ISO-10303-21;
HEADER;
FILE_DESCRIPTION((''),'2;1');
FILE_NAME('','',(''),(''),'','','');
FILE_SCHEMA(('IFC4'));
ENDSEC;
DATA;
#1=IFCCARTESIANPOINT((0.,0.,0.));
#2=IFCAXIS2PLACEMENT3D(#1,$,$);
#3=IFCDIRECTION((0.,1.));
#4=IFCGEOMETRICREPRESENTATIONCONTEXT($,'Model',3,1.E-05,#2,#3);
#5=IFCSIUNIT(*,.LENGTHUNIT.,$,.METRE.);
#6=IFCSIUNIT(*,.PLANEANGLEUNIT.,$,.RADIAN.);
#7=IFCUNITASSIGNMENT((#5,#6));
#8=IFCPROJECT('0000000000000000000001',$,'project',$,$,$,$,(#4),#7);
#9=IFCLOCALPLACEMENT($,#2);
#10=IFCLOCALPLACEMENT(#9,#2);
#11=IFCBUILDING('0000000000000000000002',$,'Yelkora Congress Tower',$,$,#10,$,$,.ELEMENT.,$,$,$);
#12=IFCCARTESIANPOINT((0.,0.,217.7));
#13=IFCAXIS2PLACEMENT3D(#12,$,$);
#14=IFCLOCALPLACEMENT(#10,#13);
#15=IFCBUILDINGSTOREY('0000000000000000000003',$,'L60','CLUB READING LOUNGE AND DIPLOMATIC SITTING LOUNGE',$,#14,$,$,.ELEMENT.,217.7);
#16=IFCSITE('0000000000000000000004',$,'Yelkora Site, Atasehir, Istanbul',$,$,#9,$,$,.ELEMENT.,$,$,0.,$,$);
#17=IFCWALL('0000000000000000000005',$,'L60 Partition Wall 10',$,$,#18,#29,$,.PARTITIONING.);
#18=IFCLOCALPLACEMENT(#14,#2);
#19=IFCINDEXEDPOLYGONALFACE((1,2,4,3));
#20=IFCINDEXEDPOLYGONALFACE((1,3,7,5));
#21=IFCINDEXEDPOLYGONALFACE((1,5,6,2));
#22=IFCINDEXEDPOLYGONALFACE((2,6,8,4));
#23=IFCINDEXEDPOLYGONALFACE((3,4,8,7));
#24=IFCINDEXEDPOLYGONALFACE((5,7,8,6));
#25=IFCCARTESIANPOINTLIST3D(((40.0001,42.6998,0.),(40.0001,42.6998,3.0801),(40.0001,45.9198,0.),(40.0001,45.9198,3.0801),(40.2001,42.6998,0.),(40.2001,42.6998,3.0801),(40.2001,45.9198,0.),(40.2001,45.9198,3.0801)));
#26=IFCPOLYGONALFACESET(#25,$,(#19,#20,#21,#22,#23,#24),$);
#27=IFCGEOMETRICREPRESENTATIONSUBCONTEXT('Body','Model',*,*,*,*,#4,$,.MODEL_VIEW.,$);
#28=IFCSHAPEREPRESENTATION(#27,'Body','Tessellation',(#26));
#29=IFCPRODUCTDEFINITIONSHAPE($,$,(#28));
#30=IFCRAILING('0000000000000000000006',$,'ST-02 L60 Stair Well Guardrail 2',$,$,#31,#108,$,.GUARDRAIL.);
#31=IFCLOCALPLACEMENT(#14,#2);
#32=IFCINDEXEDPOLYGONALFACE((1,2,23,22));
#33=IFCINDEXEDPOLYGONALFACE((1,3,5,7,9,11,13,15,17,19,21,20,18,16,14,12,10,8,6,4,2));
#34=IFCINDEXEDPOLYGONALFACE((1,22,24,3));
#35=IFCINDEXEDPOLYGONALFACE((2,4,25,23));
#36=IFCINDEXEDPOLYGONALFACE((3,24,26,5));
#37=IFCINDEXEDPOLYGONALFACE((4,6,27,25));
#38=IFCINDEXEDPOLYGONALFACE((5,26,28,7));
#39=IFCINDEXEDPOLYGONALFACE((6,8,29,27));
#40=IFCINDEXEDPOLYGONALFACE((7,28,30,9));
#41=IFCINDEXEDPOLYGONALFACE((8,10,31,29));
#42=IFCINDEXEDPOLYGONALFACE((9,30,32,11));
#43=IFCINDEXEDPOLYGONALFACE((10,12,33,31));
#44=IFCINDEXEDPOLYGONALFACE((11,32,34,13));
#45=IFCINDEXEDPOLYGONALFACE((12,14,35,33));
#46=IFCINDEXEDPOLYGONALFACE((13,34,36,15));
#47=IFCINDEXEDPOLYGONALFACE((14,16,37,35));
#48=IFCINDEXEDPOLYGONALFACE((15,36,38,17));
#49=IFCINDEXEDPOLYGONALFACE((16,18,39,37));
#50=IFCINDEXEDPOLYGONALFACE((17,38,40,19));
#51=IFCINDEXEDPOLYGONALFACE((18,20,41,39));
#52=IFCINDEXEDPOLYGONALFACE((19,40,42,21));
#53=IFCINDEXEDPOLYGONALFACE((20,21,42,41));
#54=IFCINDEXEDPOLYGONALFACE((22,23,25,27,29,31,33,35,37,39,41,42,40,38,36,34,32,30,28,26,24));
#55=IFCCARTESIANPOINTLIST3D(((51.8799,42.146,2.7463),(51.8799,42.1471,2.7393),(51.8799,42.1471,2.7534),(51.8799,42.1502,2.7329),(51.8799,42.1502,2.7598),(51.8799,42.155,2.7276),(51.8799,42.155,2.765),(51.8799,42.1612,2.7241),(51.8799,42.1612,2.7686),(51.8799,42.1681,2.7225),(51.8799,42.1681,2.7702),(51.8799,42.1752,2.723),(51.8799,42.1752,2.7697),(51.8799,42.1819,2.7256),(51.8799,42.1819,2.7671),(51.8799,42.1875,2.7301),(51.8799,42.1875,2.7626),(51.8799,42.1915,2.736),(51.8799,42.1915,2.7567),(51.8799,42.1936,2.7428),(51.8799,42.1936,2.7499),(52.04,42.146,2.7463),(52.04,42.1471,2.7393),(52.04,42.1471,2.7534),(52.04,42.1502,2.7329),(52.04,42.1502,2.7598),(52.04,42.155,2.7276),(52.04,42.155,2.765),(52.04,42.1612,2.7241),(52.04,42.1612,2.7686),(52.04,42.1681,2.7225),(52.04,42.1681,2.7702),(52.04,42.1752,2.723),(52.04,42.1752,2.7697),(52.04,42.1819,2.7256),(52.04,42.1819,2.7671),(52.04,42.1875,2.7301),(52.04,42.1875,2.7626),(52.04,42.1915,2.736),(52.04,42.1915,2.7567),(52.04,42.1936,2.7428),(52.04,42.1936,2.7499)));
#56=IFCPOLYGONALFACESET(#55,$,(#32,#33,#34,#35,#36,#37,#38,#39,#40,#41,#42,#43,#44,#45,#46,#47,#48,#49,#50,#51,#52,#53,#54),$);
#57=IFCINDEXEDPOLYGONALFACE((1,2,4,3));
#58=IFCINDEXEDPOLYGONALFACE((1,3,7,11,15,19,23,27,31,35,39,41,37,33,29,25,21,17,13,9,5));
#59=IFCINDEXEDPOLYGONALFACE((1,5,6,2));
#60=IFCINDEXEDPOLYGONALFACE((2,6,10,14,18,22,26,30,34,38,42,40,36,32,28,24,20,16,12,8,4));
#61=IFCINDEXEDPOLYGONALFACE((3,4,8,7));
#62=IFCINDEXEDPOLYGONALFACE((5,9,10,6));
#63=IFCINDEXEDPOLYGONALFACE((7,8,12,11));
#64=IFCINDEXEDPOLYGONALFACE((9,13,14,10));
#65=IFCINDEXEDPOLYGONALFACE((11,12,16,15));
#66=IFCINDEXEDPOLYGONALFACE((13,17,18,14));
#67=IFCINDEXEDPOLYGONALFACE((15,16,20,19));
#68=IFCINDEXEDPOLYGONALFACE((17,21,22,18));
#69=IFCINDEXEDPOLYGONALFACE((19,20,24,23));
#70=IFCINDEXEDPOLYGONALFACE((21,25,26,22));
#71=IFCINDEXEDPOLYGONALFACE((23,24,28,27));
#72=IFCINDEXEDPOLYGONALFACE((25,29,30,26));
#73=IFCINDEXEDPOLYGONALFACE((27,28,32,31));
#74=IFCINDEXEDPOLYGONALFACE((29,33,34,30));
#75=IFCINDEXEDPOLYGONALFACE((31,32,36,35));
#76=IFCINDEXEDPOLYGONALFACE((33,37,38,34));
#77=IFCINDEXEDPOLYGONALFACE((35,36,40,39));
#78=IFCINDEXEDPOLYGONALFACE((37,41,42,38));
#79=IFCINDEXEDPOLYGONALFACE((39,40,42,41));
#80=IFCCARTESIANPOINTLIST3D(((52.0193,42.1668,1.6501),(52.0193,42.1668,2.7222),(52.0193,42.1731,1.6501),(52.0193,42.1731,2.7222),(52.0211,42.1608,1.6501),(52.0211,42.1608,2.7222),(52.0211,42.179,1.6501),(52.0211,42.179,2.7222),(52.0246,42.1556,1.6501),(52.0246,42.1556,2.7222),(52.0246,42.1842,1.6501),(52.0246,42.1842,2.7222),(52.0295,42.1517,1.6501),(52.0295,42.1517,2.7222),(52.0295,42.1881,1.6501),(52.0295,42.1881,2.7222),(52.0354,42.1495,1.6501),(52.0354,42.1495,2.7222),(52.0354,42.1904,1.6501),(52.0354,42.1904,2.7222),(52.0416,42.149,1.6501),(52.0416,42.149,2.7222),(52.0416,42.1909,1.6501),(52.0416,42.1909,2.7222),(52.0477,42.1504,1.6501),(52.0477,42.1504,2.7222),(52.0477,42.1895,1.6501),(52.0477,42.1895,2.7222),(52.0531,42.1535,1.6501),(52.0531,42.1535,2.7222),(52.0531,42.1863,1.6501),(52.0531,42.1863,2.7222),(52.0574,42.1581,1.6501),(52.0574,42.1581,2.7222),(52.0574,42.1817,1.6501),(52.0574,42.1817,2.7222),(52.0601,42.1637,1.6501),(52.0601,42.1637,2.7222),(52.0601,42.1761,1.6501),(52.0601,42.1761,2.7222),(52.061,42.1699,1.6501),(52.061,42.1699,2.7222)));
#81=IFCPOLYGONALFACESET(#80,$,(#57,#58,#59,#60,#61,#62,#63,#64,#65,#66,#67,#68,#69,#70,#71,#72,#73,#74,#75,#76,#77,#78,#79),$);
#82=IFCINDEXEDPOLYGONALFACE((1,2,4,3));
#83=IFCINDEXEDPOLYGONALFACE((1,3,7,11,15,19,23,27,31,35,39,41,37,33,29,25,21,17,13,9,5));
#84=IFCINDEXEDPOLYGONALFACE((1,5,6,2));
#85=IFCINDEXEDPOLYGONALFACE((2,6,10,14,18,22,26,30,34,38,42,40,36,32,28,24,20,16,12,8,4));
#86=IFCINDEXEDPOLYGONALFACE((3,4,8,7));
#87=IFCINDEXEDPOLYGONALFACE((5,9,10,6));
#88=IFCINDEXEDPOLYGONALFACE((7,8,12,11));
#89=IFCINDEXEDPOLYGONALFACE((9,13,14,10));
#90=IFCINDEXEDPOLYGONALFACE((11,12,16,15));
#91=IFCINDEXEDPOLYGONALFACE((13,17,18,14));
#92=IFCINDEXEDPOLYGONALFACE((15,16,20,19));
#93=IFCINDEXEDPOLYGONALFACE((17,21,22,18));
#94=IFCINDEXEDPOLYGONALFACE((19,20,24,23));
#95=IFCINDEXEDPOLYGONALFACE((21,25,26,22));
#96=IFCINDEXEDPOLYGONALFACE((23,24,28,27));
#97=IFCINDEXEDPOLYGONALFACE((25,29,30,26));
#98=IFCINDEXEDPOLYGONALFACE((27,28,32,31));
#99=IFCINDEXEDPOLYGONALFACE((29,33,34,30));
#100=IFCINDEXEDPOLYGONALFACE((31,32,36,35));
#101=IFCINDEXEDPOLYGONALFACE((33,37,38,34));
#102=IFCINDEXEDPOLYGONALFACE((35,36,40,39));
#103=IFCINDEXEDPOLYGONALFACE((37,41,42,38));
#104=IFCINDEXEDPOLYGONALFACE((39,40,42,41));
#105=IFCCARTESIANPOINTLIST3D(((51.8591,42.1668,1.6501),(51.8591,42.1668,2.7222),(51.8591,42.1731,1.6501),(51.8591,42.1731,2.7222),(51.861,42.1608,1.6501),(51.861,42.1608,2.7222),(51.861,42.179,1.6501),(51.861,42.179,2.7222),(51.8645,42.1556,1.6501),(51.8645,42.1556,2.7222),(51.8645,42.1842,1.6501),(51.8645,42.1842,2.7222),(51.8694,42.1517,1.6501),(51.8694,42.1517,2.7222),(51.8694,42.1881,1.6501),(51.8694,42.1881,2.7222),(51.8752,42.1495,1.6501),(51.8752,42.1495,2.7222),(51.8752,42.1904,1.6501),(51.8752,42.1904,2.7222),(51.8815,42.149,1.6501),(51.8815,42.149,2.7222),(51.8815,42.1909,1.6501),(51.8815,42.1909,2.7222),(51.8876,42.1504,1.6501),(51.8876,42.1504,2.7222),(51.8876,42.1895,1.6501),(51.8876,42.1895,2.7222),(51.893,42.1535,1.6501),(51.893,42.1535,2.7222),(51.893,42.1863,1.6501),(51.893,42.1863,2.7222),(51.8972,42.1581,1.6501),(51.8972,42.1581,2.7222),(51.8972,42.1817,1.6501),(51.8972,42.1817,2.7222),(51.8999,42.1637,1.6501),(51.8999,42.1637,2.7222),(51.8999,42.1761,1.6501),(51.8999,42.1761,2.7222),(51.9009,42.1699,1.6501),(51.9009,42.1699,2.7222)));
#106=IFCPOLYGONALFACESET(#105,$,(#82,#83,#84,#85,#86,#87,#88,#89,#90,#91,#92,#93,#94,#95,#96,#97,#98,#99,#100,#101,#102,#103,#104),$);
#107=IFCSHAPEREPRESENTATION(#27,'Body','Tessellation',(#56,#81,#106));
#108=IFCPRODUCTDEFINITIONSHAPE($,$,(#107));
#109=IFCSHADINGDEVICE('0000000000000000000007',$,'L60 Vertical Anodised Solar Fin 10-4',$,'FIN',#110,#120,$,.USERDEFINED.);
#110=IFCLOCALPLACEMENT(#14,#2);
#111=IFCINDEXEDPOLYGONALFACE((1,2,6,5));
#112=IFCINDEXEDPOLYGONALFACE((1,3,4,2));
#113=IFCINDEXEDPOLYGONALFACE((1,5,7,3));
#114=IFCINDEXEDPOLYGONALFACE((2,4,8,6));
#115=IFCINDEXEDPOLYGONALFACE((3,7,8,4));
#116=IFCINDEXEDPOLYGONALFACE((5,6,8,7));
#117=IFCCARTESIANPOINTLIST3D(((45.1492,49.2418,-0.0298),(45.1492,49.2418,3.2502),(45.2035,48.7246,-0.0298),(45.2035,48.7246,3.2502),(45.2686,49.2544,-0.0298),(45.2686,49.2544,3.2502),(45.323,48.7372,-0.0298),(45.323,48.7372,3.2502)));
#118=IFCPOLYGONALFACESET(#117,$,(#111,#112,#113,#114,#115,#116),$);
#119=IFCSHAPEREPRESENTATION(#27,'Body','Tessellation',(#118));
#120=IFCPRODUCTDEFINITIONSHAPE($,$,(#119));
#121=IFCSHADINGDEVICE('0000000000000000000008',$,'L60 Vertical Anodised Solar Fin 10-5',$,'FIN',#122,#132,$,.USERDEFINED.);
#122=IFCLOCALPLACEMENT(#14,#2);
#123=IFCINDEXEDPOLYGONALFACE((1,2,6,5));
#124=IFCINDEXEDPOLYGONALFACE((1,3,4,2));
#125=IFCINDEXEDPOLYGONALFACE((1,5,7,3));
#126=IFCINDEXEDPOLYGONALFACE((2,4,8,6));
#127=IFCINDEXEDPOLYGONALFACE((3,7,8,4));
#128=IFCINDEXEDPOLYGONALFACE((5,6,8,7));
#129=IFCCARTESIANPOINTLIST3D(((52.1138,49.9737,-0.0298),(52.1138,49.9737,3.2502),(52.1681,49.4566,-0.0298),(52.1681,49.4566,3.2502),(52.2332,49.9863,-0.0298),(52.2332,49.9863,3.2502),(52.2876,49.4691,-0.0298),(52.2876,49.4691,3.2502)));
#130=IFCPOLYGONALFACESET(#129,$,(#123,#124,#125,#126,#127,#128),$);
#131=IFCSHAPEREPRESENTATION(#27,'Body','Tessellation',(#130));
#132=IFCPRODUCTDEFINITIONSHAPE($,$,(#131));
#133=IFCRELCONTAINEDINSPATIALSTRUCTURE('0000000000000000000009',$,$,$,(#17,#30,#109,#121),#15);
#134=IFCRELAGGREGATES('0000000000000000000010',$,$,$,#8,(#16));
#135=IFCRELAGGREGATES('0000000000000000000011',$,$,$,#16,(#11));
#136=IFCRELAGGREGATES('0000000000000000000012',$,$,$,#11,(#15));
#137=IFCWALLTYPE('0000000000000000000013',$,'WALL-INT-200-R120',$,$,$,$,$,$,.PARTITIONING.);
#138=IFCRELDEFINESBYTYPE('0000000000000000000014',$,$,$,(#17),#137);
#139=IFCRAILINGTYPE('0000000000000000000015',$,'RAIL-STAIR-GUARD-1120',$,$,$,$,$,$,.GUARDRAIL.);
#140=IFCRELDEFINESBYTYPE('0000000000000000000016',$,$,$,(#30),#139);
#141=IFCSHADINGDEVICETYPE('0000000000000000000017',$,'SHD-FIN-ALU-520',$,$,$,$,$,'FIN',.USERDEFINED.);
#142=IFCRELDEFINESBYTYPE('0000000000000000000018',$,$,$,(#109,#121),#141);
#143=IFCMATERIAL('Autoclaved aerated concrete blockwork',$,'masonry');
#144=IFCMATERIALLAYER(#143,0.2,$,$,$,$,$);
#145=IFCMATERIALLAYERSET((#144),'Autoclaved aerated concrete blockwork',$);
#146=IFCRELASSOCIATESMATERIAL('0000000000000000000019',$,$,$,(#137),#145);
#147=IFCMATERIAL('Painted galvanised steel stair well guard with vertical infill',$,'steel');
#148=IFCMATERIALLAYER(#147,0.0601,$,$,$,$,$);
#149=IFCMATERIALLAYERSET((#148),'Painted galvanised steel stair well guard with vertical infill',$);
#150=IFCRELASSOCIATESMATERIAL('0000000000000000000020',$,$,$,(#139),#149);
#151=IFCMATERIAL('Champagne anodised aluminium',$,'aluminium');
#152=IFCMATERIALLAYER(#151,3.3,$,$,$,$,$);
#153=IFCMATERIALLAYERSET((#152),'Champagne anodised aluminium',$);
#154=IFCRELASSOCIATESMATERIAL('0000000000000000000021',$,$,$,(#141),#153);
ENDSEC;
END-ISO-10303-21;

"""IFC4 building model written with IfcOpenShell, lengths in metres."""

from ifc_helpers import new_model, si_unit, direction, frame, frame_2d, origin, origin_2d, place, context, subcontext, project, spatial, rectangle, circle, extrude, material, layer, layer_set, type_object, element, save


model = new_model("IFC4")

# Units and contexts
model_context = context("Model", 3, precision=1e-05, world=origin(), true_north=direction((0.0, 1.0)))
body_context = subcontext(model_context, "Body", "Model", "MODEL_VIEW")
ifc_project = project(units=[si_unit("LENGTHUNIT", "METRE"), si_unit("PLANEANGLEUNIT", "RADIAN")], contexts=[model_context])

# Site, building, storey
site_placement = place(None, origin())
site = spatial("IfcSite", under=ifc_project, at=site_placement, Name="Yelkora Site, Atasehir, Istanbul", CompositionType="ELEMENT", RefElevation=0.0)
building_placement = place(site_placement, origin())
building = spatial("IfcBuilding", under=site, at=building_placement, Name="Yelkora Congress Tower", CompositionType="ELEMENT")
storey_placement = place(building_placement, frame((0.0, 0.0, 217.7)))
storey = spatial("IfcBuildingStorey", under=building, at=storey_placement, Name="L60", Description="CLUB READING LOUNGE AND DIPLOMATIC SITTING LOUNGE", CompositionType="ELEMENT", Elevation=217.7)

# Wall
ifc_material_1 = material(Name="Autoclaved aerated concrete blockwork", Category="masonry")
ifc_layer_1 = layer(ifc_material_1, 0.2)
ifc_layer_set_1 = layer_set([ifc_layer_1], Name="Autoclaved aerated concrete blockwork")
wall_type_1 = type_object("IfcWallType", Name="WALL-INT-200-R120", PredefinedType="PARTITIONING", material=ifc_layer_set_1)
wall_1_placement = place(storey_placement, frame((40.1001, 42.7, 0.0), z_axis=(0.0, 0.0, 1.0), x_axis=(0.0, 1.0, 0.0)))
element("IfcWall", 1, at=wall_1_placement, inside=storey, type_object=wall_type_1, Name="L60 Partition Wall 10", PredefinedType="PARTITIONING", context=body_context, shape_type="SweptSolid", body=[
    extrude(rectangle(XDim=3.22, YDim=0.2, at=frame_2d((1.6099, 0.0))), origin(), (0.0, 0.0, 1.0), 3.0801),
])

# Railing
ifc_material_2 = material(Name="Painted galvanised steel stair well guard with vertical infill", Category="steel")
ifc_layer_2 = layer(ifc_material_2, 0.0601)
ifc_layer_set_2 = layer_set([ifc_layer_2], Name="Painted galvanised steel stair well guard with vertical infill")
railing_type = type_object("IfcRailingType", Name="RAIL-STAIR-GUARD-1120", PredefinedType="GUARDRAIL", material=ifc_layer_set_2)
railing_placement = place(storey_placement, frame((52.04, 42.1699, 1.6501)))
element("IfcRailing", 2, at=railing_placement, inside=storey, type_object=railing_type, Name="ST-02 L60 Stair Well Guardrail 2", PredefinedType="GUARDRAIL", context=body_context, shape_type="SweptSolid", body=[
    extrude(circle(Radius=0.0239, at=origin_2d()), frame((0.0, 0.0, 1.0962), z_axis=(-1.0, 0.0, 0.0), x_axis=(0.0, -1.0, 0.0)), (0.0, 0.0, 1.0), 0.1602),
    extrude(circle(Radius=0.021, at=origin_2d()), origin(), (0.0, 0.0, 1.0), 1.072),
    extrude(circle(Radius=0.021, at=origin_2d()), frame((-0.1602, 0.0, 0.0)), (0.0, 0.0, 1.0), 1.072),
])

# Shading devices
ifc_material_3 = material(Name="Champagne anodised aluminium", Category="aluminium")
ifc_layer_3 = layer(ifc_material_3, 3.3)
ifc_layer_set_3 = layer_set([ifc_layer_3], Name="Champagne anodised aluminium")
shading_device_type = type_object("IfcShadingDeviceType", Name="SHD-FIN-ALU-520", ElementType="FIN", PredefinedType="USERDEFINED", material=ifc_layer_set_3)
for number, where, z_axis, x_axis, name in (
    (3, (45.2361, 48.9895, -0.0298), (0.0, 0.0, 1.0), (0.994522, 0.104528, 0.0), "L60 Vertical Anodised Solar Fin 10-4"),
    (4, (52.2007, 49.7214, -0.0298), (0.0, 0.0, 1.0), (0.994522, 0.104528, 0.0), "L60 Vertical Anodised Solar Fin 10-5"),
):
    element("IfcShadingDevice", number, at=place(storey_placement, frame(where, z_axis=z_axis, x_axis=x_axis)), inside=storey, type_object=shading_device_type, Name=name, ObjectType="FIN", PredefinedType="USERDEFINED", context=body_context, shape_type="SweptSolid", body=[
        extrude(rectangle(XDim=0.1201, YDim=0.52, at=origin_2d()), origin(), (0.0, 0.0, 1.0), 3.28),
    ])

save(model, "model.ifc")
